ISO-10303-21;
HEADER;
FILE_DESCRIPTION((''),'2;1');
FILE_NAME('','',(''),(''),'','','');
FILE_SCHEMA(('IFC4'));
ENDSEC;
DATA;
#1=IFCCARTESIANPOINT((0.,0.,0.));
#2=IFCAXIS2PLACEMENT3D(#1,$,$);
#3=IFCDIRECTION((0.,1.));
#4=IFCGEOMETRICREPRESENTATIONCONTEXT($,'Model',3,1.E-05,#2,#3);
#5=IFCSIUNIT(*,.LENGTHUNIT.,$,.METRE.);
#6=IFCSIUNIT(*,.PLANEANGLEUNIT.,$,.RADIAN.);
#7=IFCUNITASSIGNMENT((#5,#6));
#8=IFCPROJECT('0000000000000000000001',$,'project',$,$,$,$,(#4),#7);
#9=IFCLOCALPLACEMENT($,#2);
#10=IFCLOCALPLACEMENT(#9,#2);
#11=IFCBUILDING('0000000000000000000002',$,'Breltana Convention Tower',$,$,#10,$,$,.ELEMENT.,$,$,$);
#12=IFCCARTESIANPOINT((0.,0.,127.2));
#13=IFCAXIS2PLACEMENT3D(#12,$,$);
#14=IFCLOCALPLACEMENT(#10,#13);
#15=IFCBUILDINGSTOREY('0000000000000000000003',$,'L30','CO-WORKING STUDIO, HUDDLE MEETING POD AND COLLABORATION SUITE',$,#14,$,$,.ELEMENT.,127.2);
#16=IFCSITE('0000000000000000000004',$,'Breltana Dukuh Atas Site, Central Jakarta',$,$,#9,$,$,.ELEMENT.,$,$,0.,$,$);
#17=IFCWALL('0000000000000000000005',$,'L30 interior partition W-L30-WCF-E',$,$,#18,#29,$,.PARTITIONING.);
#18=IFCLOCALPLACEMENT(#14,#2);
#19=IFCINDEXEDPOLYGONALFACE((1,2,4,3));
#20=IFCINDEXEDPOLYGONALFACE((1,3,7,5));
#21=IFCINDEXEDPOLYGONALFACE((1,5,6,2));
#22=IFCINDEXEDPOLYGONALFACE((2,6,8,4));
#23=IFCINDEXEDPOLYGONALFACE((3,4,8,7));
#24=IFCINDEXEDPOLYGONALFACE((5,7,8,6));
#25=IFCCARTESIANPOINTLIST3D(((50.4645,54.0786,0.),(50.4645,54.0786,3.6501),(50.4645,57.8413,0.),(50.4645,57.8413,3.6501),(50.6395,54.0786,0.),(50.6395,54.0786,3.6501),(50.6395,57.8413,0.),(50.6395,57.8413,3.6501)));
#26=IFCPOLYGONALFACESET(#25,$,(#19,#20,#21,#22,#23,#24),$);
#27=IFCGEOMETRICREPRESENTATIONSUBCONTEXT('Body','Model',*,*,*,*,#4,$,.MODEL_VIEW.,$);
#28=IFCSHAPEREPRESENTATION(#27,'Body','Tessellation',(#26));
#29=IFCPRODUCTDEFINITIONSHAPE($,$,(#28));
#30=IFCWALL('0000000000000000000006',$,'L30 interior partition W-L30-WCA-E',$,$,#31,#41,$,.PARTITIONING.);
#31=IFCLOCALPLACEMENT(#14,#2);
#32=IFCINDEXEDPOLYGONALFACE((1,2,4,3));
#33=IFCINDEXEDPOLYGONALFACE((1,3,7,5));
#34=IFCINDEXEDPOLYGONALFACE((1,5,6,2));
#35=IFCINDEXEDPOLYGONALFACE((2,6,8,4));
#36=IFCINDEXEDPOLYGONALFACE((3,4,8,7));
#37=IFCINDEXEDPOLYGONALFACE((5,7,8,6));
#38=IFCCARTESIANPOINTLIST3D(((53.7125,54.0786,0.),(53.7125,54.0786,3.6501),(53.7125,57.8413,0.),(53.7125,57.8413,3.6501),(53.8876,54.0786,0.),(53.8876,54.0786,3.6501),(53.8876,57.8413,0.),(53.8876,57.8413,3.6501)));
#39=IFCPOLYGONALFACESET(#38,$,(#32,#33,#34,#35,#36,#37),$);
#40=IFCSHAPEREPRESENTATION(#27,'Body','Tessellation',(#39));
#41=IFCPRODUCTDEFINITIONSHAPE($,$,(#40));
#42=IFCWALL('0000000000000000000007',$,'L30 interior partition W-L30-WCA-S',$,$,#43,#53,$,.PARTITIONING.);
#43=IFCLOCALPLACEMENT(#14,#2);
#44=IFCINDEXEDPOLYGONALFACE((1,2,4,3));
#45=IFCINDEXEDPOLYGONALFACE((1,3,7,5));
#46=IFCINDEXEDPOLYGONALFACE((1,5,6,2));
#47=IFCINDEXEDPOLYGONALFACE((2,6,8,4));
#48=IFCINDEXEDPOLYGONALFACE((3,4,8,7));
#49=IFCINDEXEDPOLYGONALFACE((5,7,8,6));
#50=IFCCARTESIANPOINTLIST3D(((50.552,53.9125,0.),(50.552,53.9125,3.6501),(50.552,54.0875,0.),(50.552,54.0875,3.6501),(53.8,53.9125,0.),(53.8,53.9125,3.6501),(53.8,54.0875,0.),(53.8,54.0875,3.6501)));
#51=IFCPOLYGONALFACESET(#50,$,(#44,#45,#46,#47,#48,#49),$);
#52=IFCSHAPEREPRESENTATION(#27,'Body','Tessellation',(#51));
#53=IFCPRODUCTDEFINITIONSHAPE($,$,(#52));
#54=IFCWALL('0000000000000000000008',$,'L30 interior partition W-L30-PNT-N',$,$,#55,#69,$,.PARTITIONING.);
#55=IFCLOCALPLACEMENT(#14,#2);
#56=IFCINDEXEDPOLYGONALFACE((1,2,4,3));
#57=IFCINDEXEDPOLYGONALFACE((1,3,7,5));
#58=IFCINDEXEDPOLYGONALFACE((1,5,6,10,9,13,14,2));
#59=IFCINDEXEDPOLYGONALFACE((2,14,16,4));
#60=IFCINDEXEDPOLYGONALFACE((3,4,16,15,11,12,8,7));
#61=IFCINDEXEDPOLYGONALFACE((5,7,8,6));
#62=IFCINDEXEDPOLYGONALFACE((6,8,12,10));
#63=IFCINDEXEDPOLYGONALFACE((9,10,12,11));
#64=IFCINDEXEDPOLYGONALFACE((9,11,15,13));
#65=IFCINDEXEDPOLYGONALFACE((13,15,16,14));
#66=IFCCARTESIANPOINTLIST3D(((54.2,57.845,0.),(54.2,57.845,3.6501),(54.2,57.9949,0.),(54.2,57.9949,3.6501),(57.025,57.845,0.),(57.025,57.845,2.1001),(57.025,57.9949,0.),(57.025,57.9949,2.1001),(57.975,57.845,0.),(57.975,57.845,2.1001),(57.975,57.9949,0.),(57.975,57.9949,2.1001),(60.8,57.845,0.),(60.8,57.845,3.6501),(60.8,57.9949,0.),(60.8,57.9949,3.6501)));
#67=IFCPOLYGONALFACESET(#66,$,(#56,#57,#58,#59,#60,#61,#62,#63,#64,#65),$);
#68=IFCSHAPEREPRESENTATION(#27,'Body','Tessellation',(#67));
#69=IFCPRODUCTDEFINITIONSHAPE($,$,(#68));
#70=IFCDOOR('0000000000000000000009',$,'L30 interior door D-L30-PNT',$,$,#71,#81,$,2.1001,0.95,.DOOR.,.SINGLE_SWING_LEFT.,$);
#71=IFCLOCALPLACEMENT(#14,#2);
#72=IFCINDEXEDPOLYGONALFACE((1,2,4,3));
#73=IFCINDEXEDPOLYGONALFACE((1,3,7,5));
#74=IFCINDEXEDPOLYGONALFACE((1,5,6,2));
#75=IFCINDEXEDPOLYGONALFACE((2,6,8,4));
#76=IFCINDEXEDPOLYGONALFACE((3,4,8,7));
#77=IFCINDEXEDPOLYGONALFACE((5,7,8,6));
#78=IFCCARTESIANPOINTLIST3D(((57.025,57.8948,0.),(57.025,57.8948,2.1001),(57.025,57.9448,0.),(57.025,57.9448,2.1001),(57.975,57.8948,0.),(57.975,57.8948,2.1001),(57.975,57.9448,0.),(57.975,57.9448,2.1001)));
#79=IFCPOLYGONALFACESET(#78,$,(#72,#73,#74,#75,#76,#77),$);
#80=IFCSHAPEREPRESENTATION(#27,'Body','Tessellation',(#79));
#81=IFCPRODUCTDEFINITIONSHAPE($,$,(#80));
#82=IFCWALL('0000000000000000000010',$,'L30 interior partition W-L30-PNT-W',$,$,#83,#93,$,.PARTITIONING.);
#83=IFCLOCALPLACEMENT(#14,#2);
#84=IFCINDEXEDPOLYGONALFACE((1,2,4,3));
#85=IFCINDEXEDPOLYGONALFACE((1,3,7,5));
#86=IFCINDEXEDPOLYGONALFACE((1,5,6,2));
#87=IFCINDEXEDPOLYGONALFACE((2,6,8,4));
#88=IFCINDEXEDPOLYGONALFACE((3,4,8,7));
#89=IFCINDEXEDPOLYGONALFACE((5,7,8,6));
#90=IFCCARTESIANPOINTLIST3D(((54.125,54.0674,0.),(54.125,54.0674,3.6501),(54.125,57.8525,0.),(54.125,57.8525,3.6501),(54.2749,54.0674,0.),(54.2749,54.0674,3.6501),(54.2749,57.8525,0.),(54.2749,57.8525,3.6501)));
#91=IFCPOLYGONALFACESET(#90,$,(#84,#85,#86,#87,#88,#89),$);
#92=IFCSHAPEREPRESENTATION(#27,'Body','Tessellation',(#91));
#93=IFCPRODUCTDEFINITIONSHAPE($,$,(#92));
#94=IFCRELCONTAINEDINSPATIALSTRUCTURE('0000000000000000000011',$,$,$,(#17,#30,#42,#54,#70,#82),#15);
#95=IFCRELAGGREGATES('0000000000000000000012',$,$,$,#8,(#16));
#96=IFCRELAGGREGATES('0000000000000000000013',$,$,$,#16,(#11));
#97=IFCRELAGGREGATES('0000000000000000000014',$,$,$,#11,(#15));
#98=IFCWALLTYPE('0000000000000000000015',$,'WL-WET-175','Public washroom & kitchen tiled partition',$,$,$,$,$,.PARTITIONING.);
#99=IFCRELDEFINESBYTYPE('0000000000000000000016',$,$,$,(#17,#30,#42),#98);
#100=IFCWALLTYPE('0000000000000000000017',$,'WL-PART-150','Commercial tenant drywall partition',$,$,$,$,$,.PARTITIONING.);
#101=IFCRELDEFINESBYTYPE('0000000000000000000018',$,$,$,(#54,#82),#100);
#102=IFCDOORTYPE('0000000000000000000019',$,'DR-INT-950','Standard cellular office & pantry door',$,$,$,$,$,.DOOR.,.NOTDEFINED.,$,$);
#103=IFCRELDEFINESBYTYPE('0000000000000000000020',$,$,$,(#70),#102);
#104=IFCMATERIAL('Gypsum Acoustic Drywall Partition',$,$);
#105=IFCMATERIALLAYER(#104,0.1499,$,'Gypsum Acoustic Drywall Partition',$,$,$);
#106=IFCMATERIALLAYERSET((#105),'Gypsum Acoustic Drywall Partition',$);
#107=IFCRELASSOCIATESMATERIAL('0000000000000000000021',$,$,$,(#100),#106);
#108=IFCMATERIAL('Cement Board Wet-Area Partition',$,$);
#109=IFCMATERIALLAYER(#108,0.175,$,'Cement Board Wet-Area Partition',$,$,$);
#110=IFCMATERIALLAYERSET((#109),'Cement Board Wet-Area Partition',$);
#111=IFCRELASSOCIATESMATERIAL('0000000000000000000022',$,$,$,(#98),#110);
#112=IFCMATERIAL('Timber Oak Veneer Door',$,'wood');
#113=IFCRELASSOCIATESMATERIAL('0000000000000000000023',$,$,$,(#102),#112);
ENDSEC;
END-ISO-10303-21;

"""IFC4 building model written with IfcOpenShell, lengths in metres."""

from ifc_helpers import new_model, si_unit, direction, frame, frame_2d, origin, place, context, subcontext, project, spatial, rectangle, extrude, source, transform, mapped, material, layer, layer_set, type_object, type_shapes, element, fill, save


model = new_model("IFC4")

# Units and contexts
model_context = context("Model", 3, precision=1e-05, world=origin(), true_north=direction((0.0, 1.0)))
body_context = subcontext(model_context, "Body", "Model", "MODEL_VIEW")
ifc_project = project(units=[si_unit("LENGTHUNIT", "METRE"), si_unit("PLANEANGLEUNIT", "RADIAN")], contexts=[model_context])

# Site, building, storey
site_placement = place(None, origin())
site = spatial("IfcSite", under=ifc_project, at=site_placement, Name="Breltana Dukuh Atas Site, Central Jakarta", CompositionType="ELEMENT", RefElevation=0.0)
building_placement = place(site_placement, origin())
building = spatial("IfcBuilding", under=site, at=building_placement, Name="Breltana Convention Tower", CompositionType="ELEMENT")
storey_placement = place(building_placement, frame((0.0, 0.0, 127.2)))
storey = spatial("IfcBuildingStorey", under=building, at=storey_placement, Name="L30", Description="CO-WORKING STUDIO, HUDDLE MEETING POD AND COLLABORATION SUITE", CompositionType="ELEMENT", Elevation=127.2)

# Walls
ifc_material_1 = material(Name="Gypsum Acoustic Drywall Partition")
ifc_layer_1 = layer(ifc_material_1, 0.1499, Name="Gypsum Acoustic Drywall Partition")
ifc_layer_set_1 = layer_set([ifc_layer_1], Name="Gypsum Acoustic Drywall Partition")
wall_type_1 = type_object("IfcWallType", Name="WL-PART-150", Description="Commercial tenant drywall partition", PredefinedType="PARTITIONING", material=ifc_layer_set_1)
ifc_material_2 = material(Name="Cement Board Wet-Area Partition")
ifc_layer_2 = layer(ifc_material_2, 0.175, Name="Cement Board Wet-Area Partition")
ifc_layer_set_2 = layer_set([ifc_layer_2], Name="Cement Board Wet-Area Partition")
wall_type_2 = type_object("IfcWallType", Name="WL-WET-175", Description="Public washroom & kitchen tiled partition", PredefinedType="PARTITIONING", material=ifc_layer_set_2)
shared_shape_1 = source(origin(), body_context, "Body", "SweptSolid", [
    extrude(rectangle(XDim=3.7627, YDim=0.175, at=frame_2d((1.8813, 0.0))), origin(), (0.0, 0.0, 1.0), 3.6501),
])
for number, where, z_axis, x_axis, name in (
    (1, (50.552, 54.0786, 0.0), (0.0, 0.0, 1.0), (0.0, 1.0, 0.0), "L30 interior partition W-L30-WCF-E"),
    (2, (53.8, 54.0786, 0.0), (0.0, 0.0, 1.0), (0.0, 1.0, 0.0), "L30 interior partition W-L30-WCA-E"),
):
    element("IfcWall", number, at=place(storey_placement, frame(where, z_axis=z_axis, x_axis=x_axis)), inside=storey, type_object=wall_type_2, Name=name, PredefinedType="PARTITIONING", context=body_context, shape_type="MappedRepresentation", body=[
        mapped(shared_shape_1, transform((0.0, 0.0, 0.0), scale=1.0)),
    ])
shared_shape_2 = source(origin(), body_context, "Body", "SweptSolid", [
    extrude(rectangle(XDim=3.248, YDim=0.175, at=frame_2d((1.624, 0.0))), origin(), (0.0, 0.0, 1.0), 3.6501),
])
wall_1_placement = place(storey_placement, frame((50.552, 54.0, 0.0), z_axis=(0.0, 0.0, 1.0), x_axis=(1.0, 0.0, 0.0)))
element("IfcWall", 3, at=wall_1_placement, inside=storey, type_object=wall_type_2, Name="L30 interior partition W-L30-WCA-S", PredefinedType="PARTITIONING", context=body_context, shape_type="MappedRepresentation", body=[
    mapped(shared_shape_2, transform((0.0, 0.0, 0.0), scale=1.0)),
])

# Wall, opening, door
shared_shape_3 = source(origin(), body_context, "Body", "SweptSolid", [
    extrude(rectangle(XDim=6.6001, YDim=0.1499, at=frame_2d((3.3, 0.0))), origin(), (0.0, 0.0, 1.0), 3.6501),
])
wall_2_placement = place(storey_placement, frame((54.2, 57.9199, 0.0), z_axis=(0.0, 0.0, 1.0), x_axis=(1.0, 0.0, 0.0)))
wall_2 = element("IfcWall", 4, at=wall_2_placement, inside=storey, type_object=wall_type_1, Name="L30 interior partition W-L30-PNT-N", PredefinedType="PARTITIONING", context=body_context, shape_type="MappedRepresentation", body=[
    mapped(shared_shape_3, transform((0.0, 0.0, 0.0), scale=1.0)),
])
opening_1_placement = place(wall_2_placement, frame((2.825, 0.0, 0.0)))
opening_1 = element("IfcOpeningElement", 5, at=opening_1_placement, cuts=wall_2, PredefinedType="OPENING", context=body_context, shape_type="SweptSolid", body=[
    extrude(rectangle(XDim=0.95, YDim=2.1001, at=frame_2d((0.4751, 1.05))), frame((0.0, 0.085, 0.0), z_axis=(0.0, -1.0, 0.0), x_axis=(1.0, 0.0, 0.0)), (0.0, 0.0, 1.0), 0.1699),
])
ifc_material_3 = material(Name="Timber Oak Veneer Door", Category="wood")
door_type_1 = type_object("IfcDoorType", Name="DR-INT-950", Description="Standard cellular office & pantry door", OperationType="NOTDEFINED", PredefinedType="DOOR", material=ifc_material_3)
shared_shape_4 = source(origin(), body_context, "Body", "SweptSolid", [
    extrude(rectangle(XDim=0.95, YDim=2.1001, at=frame_2d((0.4751, 1.05))), frame((0.0, 0.0249, 0.0), z_axis=(0.0, -1.0, 0.0), x_axis=(1.0, 0.0, 0.0)), (0.0, 0.0, 1.0), 0.05),
])
type_shapes(door_type_1, [shared_shape_4])
door_1_placement = place(opening_1_placement, origin())
door_1 = element("IfcDoor", 6, at=door_1_placement, inside=storey, type_object=door_type_1, Name="L30 interior door D-L30-PNT", OperationType="SINGLE_SWING_LEFT", OverallHeight=2.1001, OverallWidth=0.95, PredefinedType="DOOR", context=body_context, shape_type="MappedRepresentation", body=[
    mapped(shared_shape_4, transform((0.0, 0.0, 0.0), scale=1.0)),
])
fill(opening_1, door_1)

# Wall
shared_shape_5 = source(origin(), body_context, "Body", "SweptSolid", [
    extrude(rectangle(XDim=3.7852, YDim=0.1499, at=frame_2d((1.8926, 0.0))), origin(), (0.0, 0.0, 1.0), 3.6501),
])
wall_3_placement = place(storey_placement, frame((54.2, 54.0674, 0.0), z_axis=(0.0, 0.0, 1.0), x_axis=(0.0, 1.0, 0.0)))
element("IfcWall", 7, at=wall_3_placement, inside=storey, type_object=wall_type_1, Name="L30 interior partition W-L30-PNT-W", PredefinedType="PARTITIONING", context=body_context, shape_type="MappedRepresentation", body=[
    mapped(shared_shape_5, transform((0.0, 0.0, 0.0), scale=1.0)),
])

save(model, "model.ifc")
